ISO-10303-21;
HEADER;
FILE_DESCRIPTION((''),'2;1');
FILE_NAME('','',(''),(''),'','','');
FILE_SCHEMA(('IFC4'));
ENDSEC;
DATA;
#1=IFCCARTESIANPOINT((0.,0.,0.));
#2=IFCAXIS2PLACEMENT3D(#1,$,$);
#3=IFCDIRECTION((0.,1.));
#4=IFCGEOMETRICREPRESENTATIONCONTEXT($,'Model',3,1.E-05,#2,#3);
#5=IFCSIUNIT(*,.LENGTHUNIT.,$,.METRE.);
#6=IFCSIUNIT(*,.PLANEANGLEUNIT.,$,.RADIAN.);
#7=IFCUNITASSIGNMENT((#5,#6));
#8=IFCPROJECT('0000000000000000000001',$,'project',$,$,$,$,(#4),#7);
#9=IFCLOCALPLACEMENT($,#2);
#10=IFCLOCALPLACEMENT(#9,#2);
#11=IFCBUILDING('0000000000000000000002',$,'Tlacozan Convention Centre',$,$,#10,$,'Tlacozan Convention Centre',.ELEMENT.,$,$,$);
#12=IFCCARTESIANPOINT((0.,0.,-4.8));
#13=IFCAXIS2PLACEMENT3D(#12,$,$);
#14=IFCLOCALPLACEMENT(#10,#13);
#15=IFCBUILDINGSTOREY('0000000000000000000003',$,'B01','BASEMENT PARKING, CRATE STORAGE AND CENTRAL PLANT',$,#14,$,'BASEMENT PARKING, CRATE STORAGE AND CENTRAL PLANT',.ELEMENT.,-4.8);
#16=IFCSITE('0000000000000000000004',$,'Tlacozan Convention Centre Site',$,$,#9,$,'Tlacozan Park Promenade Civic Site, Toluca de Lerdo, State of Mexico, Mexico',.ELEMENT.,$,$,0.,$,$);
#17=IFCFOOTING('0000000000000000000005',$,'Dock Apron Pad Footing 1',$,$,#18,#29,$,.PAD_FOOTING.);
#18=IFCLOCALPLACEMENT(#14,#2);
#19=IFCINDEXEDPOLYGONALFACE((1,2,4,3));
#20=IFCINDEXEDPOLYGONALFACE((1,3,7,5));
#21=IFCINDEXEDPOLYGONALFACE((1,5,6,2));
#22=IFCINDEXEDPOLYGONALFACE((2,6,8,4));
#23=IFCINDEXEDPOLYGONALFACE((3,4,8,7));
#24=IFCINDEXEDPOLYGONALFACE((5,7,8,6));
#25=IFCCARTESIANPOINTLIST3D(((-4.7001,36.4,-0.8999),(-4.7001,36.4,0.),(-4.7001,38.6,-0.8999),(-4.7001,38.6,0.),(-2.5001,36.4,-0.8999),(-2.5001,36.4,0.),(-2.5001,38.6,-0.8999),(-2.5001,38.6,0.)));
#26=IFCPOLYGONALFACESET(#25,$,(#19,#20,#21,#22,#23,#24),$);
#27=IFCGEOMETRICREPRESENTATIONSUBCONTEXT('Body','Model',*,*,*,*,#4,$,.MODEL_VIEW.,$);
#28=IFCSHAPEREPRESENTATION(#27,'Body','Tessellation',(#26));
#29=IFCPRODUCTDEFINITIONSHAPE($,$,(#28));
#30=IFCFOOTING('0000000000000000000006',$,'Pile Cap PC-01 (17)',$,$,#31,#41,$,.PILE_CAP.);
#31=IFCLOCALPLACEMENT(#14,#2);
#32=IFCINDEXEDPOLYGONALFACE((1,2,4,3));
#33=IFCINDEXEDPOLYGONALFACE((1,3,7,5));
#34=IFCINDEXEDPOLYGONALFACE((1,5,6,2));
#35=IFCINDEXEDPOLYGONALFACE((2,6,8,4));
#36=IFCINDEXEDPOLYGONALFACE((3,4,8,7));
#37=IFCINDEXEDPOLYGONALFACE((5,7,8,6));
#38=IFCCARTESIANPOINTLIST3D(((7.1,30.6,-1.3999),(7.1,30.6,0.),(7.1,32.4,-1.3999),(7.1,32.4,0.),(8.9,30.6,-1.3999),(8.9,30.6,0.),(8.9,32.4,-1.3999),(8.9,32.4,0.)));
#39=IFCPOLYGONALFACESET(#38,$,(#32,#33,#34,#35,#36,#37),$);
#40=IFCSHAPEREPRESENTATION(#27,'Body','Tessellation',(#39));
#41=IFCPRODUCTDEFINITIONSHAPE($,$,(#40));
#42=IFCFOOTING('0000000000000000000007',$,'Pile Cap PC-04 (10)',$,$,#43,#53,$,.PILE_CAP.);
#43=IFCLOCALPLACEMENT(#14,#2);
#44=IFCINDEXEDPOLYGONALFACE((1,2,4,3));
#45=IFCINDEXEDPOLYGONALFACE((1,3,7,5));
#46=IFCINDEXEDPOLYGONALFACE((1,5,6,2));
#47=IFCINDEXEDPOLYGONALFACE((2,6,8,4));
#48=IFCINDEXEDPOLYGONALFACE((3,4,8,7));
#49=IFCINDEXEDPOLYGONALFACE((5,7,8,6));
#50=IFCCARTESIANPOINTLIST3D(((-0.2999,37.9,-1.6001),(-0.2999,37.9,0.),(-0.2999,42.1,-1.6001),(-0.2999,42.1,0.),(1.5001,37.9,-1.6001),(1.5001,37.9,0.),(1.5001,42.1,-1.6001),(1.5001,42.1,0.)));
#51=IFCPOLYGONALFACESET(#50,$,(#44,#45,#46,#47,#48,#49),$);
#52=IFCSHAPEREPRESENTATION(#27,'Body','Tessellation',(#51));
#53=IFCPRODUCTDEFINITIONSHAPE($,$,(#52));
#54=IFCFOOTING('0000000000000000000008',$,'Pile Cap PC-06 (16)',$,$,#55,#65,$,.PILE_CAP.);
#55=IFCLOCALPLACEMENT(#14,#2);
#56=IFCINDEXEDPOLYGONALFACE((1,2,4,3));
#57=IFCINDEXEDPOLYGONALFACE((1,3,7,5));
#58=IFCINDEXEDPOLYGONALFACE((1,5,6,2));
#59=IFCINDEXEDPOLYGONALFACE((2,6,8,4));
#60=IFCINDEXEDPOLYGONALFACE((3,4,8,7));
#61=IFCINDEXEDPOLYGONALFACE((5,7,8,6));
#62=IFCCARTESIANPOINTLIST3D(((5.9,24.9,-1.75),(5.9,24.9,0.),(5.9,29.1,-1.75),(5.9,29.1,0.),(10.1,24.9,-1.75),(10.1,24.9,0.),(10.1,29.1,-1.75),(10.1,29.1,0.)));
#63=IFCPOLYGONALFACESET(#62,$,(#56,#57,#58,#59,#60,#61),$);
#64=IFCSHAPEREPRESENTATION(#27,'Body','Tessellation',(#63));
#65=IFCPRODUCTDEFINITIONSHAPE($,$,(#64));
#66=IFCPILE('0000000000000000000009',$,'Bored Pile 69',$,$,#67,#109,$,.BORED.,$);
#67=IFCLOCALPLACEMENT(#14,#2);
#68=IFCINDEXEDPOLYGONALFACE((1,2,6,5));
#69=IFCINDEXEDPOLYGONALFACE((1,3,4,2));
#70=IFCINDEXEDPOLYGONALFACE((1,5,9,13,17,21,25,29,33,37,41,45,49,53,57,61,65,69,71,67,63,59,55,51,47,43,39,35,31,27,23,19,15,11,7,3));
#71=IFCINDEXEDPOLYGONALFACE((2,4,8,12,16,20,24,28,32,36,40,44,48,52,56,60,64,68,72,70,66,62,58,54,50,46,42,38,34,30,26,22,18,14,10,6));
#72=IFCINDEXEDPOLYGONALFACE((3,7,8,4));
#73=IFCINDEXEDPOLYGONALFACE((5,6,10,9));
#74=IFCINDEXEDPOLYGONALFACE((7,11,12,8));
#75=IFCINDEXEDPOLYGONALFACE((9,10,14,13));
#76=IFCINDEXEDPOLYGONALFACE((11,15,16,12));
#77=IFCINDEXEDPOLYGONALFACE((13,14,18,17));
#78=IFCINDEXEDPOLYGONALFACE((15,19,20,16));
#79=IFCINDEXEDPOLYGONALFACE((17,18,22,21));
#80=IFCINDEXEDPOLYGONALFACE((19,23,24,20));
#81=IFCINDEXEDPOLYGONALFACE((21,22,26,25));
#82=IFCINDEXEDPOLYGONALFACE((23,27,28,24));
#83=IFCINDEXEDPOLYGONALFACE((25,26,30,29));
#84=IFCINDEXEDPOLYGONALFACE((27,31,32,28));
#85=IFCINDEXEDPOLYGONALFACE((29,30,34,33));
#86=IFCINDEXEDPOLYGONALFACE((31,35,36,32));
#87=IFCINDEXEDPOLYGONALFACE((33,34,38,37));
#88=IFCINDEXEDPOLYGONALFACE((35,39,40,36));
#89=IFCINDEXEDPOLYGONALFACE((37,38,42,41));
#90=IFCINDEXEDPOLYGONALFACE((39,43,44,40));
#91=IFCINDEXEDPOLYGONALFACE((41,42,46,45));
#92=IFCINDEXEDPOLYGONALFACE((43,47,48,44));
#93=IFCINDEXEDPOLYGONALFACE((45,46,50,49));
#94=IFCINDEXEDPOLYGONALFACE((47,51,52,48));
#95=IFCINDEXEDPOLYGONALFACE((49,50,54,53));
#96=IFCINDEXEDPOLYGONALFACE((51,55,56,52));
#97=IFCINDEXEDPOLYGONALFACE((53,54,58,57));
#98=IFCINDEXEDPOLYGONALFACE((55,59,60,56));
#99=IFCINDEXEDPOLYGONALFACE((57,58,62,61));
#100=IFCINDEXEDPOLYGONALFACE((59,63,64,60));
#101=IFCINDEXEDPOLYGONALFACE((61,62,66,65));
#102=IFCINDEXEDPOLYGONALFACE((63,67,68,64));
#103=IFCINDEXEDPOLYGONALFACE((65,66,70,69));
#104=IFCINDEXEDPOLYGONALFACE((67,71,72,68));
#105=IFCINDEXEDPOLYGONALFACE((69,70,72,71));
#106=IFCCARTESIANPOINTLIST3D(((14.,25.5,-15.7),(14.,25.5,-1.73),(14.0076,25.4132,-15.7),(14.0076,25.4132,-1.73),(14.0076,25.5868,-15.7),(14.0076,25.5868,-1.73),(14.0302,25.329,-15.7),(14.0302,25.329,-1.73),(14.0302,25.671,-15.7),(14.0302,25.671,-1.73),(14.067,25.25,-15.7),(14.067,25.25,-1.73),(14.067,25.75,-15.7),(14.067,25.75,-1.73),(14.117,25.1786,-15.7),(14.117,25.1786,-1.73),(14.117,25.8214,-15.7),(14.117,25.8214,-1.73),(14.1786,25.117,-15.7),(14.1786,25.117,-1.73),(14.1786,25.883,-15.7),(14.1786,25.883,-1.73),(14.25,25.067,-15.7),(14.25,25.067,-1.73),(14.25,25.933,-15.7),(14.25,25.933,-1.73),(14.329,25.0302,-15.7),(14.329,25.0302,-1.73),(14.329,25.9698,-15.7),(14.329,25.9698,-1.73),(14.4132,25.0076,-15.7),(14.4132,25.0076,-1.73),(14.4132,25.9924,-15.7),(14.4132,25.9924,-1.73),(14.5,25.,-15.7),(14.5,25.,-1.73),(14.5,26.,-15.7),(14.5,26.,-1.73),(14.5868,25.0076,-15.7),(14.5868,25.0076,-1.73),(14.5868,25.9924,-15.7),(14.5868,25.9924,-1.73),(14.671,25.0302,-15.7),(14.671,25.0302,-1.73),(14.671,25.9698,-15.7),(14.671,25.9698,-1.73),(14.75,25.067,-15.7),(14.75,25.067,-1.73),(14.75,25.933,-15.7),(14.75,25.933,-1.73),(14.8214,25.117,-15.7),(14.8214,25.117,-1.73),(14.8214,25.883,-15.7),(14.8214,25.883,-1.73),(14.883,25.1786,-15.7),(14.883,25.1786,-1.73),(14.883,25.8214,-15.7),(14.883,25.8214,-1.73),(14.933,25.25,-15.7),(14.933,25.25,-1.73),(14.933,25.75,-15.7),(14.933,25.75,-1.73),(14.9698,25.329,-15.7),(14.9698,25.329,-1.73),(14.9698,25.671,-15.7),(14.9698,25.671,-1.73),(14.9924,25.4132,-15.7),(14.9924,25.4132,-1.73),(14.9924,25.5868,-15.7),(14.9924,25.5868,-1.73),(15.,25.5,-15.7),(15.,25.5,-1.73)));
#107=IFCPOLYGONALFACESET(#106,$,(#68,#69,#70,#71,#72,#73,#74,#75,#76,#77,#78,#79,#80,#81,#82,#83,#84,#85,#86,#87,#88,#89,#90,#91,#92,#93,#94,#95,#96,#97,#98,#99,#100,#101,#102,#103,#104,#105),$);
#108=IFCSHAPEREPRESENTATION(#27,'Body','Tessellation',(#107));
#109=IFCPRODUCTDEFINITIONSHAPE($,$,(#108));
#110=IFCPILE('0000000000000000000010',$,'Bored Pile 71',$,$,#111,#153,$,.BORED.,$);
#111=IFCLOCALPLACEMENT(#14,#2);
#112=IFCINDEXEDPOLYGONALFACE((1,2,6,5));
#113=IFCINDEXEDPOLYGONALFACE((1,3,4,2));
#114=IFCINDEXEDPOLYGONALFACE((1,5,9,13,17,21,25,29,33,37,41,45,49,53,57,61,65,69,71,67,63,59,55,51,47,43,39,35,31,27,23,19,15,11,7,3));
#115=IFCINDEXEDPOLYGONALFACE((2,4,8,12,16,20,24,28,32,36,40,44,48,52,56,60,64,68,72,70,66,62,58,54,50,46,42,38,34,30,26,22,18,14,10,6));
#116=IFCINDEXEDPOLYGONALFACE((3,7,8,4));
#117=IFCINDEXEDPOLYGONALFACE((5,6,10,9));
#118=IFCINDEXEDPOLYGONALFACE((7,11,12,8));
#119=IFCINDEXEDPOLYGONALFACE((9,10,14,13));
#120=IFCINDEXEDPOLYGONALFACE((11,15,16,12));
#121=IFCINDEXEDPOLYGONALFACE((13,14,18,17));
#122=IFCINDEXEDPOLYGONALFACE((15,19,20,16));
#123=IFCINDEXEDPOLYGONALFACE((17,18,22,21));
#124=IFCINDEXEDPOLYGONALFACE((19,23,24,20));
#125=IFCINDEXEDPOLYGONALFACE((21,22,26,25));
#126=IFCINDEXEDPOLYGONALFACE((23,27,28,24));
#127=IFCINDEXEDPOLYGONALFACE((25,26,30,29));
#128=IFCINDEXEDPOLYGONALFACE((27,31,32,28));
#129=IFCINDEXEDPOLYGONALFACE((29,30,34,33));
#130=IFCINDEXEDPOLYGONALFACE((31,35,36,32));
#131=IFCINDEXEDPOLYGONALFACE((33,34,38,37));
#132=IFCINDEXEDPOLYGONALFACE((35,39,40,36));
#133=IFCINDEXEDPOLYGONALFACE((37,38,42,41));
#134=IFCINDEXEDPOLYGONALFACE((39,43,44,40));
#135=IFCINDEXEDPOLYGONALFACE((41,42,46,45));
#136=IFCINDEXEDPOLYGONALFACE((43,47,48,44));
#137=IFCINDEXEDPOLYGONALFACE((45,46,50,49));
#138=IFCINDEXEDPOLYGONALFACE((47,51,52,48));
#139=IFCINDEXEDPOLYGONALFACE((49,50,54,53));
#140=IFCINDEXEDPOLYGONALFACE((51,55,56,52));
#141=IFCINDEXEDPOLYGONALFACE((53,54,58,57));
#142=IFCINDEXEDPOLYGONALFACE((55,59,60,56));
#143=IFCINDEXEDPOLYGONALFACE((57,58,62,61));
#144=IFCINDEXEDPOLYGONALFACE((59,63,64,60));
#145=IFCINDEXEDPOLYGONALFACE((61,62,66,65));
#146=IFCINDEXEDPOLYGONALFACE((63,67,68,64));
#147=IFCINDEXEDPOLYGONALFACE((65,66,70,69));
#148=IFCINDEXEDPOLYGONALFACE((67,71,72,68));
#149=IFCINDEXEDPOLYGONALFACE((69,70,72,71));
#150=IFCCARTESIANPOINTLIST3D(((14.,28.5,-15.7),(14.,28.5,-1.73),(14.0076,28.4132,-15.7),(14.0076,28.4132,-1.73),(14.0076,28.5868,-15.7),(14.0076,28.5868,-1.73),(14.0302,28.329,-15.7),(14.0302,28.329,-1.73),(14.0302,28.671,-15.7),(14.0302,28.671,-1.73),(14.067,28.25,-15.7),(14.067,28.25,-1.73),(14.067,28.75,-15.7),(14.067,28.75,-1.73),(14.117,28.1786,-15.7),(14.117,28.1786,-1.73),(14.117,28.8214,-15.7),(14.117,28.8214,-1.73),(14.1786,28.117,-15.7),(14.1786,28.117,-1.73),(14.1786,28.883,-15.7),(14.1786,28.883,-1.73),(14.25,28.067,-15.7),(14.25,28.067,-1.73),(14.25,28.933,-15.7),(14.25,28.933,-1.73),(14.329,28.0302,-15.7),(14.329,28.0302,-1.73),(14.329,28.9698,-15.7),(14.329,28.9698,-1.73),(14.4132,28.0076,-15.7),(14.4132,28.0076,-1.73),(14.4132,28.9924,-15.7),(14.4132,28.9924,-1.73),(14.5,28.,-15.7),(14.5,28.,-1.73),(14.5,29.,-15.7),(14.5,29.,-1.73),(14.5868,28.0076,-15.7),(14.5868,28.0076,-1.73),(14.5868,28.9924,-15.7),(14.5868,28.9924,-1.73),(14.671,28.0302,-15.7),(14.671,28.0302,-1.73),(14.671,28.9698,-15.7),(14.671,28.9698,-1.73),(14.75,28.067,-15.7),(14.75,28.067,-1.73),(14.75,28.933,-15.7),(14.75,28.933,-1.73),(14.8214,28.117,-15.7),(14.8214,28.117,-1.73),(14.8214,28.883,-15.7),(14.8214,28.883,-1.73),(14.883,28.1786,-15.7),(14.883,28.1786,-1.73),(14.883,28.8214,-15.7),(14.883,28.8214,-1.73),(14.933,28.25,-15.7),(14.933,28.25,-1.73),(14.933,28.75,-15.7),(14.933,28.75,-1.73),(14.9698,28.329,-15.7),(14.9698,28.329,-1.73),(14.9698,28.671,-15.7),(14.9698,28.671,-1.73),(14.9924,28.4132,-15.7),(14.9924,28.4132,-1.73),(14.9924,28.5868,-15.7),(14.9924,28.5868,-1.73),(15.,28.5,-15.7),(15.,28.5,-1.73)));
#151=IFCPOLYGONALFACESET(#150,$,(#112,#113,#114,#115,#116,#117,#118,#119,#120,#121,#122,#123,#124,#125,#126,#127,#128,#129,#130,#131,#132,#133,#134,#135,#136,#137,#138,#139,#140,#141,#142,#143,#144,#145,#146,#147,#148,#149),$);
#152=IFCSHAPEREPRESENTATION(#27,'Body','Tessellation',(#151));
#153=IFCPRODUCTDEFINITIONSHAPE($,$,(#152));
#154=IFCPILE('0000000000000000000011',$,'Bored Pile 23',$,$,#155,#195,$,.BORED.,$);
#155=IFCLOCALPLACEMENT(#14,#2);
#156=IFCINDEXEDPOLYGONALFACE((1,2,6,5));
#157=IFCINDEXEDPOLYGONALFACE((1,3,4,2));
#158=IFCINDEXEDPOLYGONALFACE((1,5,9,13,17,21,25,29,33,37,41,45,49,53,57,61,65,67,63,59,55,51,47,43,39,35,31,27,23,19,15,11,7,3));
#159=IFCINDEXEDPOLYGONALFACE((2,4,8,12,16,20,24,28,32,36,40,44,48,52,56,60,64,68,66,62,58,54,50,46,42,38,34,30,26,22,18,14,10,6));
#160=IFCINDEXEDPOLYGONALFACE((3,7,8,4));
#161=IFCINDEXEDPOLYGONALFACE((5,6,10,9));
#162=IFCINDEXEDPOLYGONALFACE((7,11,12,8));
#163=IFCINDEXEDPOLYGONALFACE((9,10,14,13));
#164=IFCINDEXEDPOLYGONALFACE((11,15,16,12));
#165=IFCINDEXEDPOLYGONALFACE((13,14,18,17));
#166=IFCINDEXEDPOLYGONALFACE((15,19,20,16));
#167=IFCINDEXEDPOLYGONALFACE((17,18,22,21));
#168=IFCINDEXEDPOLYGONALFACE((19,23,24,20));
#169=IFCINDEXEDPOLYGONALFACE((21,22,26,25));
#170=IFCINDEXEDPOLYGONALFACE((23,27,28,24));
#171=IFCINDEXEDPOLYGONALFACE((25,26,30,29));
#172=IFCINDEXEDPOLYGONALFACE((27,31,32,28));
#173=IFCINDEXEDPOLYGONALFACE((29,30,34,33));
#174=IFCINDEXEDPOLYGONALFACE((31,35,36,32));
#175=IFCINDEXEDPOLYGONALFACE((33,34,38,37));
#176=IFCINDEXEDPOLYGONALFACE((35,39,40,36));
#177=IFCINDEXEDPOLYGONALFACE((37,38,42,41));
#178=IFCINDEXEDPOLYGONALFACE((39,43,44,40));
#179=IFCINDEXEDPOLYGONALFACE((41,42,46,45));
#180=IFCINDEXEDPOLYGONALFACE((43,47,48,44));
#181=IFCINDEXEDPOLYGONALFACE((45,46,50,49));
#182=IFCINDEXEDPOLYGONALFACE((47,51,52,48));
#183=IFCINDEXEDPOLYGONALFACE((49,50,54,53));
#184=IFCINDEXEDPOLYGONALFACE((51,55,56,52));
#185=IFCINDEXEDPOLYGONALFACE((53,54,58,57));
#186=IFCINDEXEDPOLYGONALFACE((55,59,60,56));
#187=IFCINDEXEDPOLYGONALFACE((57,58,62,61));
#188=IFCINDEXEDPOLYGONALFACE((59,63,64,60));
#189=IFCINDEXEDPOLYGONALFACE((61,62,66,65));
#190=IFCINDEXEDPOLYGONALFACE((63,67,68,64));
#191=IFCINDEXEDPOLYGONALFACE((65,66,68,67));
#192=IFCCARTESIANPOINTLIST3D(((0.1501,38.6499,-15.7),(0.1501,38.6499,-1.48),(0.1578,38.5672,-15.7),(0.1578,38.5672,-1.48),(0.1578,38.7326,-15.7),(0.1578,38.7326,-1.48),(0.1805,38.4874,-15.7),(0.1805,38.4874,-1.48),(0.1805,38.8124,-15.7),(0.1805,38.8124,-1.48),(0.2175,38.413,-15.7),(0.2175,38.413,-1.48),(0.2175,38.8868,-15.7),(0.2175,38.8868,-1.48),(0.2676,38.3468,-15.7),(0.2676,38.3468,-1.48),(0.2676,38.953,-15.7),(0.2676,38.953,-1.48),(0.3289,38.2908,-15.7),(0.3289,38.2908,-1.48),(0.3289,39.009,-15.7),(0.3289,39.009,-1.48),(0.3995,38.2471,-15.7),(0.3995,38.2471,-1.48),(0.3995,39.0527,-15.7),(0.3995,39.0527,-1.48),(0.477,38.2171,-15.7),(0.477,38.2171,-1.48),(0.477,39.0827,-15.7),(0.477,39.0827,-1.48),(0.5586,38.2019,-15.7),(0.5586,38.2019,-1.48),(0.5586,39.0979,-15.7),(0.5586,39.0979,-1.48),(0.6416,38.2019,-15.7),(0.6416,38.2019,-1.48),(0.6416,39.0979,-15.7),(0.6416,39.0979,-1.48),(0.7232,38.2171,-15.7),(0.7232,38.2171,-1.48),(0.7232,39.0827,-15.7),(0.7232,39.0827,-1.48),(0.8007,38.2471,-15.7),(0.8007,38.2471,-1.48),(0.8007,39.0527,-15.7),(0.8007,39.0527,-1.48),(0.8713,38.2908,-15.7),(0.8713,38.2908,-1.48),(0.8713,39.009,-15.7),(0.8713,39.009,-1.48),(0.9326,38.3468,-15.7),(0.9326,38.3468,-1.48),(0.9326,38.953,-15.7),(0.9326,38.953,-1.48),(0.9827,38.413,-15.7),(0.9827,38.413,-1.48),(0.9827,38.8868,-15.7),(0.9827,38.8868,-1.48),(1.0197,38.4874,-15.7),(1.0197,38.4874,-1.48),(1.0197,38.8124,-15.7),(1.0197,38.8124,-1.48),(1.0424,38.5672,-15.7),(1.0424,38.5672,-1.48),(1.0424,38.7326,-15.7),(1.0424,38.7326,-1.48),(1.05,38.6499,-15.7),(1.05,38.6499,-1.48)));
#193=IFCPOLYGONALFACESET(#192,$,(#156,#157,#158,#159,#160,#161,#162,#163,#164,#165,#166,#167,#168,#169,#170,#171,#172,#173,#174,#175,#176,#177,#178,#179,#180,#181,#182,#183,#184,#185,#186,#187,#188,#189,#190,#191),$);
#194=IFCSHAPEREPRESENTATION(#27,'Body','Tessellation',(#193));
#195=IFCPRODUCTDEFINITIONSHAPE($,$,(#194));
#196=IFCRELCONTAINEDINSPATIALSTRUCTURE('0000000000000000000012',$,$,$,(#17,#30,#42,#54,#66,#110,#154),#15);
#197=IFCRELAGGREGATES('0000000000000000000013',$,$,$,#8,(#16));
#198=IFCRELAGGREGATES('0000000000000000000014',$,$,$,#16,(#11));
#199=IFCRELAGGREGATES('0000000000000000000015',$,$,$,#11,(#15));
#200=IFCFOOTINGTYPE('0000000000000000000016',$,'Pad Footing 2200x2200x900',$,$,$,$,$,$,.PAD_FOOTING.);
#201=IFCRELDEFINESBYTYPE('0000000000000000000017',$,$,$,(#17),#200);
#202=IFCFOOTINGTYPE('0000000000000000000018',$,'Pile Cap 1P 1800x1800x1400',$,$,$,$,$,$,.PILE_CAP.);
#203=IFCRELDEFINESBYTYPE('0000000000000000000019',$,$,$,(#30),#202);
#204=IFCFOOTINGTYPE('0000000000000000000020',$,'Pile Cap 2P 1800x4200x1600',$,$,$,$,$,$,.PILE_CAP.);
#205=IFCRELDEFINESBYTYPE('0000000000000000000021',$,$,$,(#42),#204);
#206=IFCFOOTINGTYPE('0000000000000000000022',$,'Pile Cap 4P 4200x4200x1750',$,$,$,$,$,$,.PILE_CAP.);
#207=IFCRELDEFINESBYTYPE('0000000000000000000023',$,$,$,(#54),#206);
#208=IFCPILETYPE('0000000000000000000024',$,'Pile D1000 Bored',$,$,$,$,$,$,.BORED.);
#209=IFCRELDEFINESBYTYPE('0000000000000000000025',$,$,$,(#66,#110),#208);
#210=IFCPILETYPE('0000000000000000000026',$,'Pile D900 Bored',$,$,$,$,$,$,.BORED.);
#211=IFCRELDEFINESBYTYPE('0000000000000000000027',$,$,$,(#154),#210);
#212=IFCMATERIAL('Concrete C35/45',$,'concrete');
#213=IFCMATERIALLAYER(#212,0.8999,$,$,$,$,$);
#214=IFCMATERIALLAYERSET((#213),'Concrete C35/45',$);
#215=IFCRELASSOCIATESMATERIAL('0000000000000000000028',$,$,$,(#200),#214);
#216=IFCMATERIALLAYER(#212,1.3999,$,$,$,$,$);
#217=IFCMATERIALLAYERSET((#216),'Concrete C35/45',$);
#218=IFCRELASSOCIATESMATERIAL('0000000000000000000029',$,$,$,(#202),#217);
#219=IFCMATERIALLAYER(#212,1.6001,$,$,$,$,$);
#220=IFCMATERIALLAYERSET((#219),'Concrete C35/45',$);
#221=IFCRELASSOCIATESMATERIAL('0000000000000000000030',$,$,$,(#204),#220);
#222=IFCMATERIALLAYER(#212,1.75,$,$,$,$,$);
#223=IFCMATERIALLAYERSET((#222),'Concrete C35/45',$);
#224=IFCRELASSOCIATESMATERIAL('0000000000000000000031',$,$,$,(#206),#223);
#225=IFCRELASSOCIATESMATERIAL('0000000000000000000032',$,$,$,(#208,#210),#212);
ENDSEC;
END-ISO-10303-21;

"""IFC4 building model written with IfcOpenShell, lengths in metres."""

from ifc_helpers import new_model, si_unit, direction, frame, origin, origin_2d, place, context, subcontext, project, spatial, rectangle, circle, extrude, material, layer, layer_set, material_profile, profile_set, type_object, element, save


model = new_model("IFC4")

# Units and contexts
model_context = context("Model", 3, precision=1e-05, world=origin(), true_north=direction((0.0, 1.0)))
body_context = subcontext(model_context, "Body", "Model", "MODEL_VIEW")
ifc_project = project(units=[si_unit("LENGTHUNIT", "METRE"), si_unit("PLANEANGLEUNIT", "RADIAN")], contexts=[model_context])

# Site, building, storey
site_placement = place(None, origin())
site = spatial("IfcSite", under=ifc_project, at=site_placement, Name="Tlacozan Convention Centre Site", LongName="Tlacozan Park Promenade Civic Site, Toluca de Lerdo, State of Mexico, Mexico", CompositionType="ELEMENT", RefElevation=0.0)
building_placement = place(site_placement, origin())
building = spatial("IfcBuilding", under=site, at=building_placement, Name="Tlacozan Convention Centre", LongName="Tlacozan Convention Centre", CompositionType="ELEMENT")
storey_placement = place(building_placement, frame((0.0, 0.0, -4.8)))
storey = spatial("IfcBuildingStorey", under=building, at=storey_placement, Name="B01", Description="BASEMENT PARKING, CRATE STORAGE AND CENTRAL PLANT", LongName="BASEMENT PARKING, CRATE STORAGE AND CENTRAL PLANT", CompositionType="ELEMENT", Elevation=-4.8)

# Footings
ifc_material_1 = material(Name="Concrete C35/45", Category="concrete")
ifc_layer_1 = layer(ifc_material_1, 0.8999)
ifc_layer_set_1 = layer_set([ifc_layer_1], Name="Concrete C35/45")
footing_type_1 = type_object("IfcFootingType", Name="Pad Footing 2200x2200x900", PredefinedType="PAD_FOOTING", material=ifc_layer_set_1)
footing_1_placement = place(storey_placement, frame((-3.6001, 37.5, -0.8999), z_axis=(0.0, 0.0, 1.0), x_axis=(1.0, 0.0, 0.0)))
element("IfcFooting", 1, at=footing_1_placement, inside=storey, type_object=footing_type_1, Name="Dock Apron Pad Footing 1", PredefinedType="PAD_FOOTING", context=body_context, shape_type="SweptSolid", body=[
    extrude(rectangle(XDim=2.2, YDim=2.2, at=origin_2d()), origin(), (0.0, 0.0, 1.0), 0.8999),
])
ifc_layer_2 = layer(ifc_material_1, 1.3999)
ifc_layer_set_2 = layer_set([ifc_layer_2], Name="Concrete C35/45")
footing_type_2 = type_object("IfcFootingType", Name="Pile Cap 1P 1800x1800x1400", PredefinedType="PILE_CAP", material=ifc_layer_set_2)
footing_2_placement = place(storey_placement, frame((8.0, 31.5, -1.3999), z_axis=(0.0, 0.0, 1.0), x_axis=(1.0, 0.0, 0.0)))
element("IfcFooting", 2, at=footing_2_placement, inside=storey, type_object=footing_type_2, Name="Pile Cap PC-01 (17)", PredefinedType="PILE_CAP", context=body_context, shape_type="SweptSolid", body=[
    extrude(rectangle(XDim=1.8, YDim=1.8, at=origin_2d()), origin(), (0.0, 0.0, 1.0), 1.3999),
])
ifc_layer_3 = layer(ifc_material_1, 1.6001)
ifc_layer_set_3 = layer_set([ifc_layer_3], Name="Concrete C35/45")
footing_type_3 = type_object("IfcFootingType", Name="Pile Cap 2P 1800x4200x1600", PredefinedType="PILE_CAP", material=ifc_layer_set_3)
footing_3_placement = place(storey_placement, frame((0.6001, 40.0, -1.6001), z_axis=(0.0, 0.0, 1.0), x_axis=(1.0, 0.0, 0.0)))
element("IfcFooting", 3, at=footing_3_placement, inside=storey, type_object=footing_type_3, Name="Pile Cap PC-04 (10)", PredefinedType="PILE_CAP", context=body_context, shape_type="SweptSolid", body=[
    extrude(rectangle(XDim=1.8, YDim=4.2, at=origin_2d()), origin(), (0.0, 0.0, 1.0), 1.6001),
])
ifc_layer_4 = layer(ifc_material_1, 1.75)
ifc_layer_set_4 = layer_set([ifc_layer_4], Name="Concrete C35/45")
footing_type_4 = type_object("IfcFootingType", Name="Pile Cap 4P 4200x4200x1750", PredefinedType="PILE_CAP", material=ifc_layer_set_4)
footing_4_placement = place(storey_placement, frame((8.0, 27.0, -1.75), z_axis=(0.0, 0.0, 1.0), x_axis=(1.0, 0.0, 0.0)))
element("IfcFooting", 4, at=footing_4_placement, inside=storey, type_object=footing_type_4, Name="Pile Cap PC-06 (16)", PredefinedType="PILE_CAP", context=body_context, shape_type="SweptSolid", body=[
    extrude(rectangle(XDim=4.2, YDim=4.2, at=origin_2d()), origin(), (0.0, 0.0, 1.0), 1.75),
])

# Piles
ifc_material_profile_1 = material_profile(ifc_material_1, circle(Radius=0.5, at=origin_2d()), Name="PILE D1000")
ifc_profile_set_1 = profile_set([ifc_material_profile_1], Name="Concrete C35/45")
pile_type_1 = type_object("IfcPileType", Name="Pile D1000 Bored", PredefinedType="BORED", material=ifc_profile_set_1)
for number, where, z_axis, x_axis, name in (
    (5, (14.5, 25.5, -1.73), (0.0, 0.0, -1.0), (1.0, 0.0, 0.0), "Bored Pile 69"),
    (6, (14.5, 28.5, -1.73), (0.0, 0.0, -1.0), (1.0, 0.0, 0.0), "Bored Pile 71"),
):
    element("IfcPile", number, at=place(storey_placement, frame(where, z_axis=z_axis, x_axis=x_axis)), inside=storey, type_object=pile_type_1, Name=name, PredefinedType="BORED", context=body_context, shape_type="SweptSolid", body=[
        extrude(circle(Radius=0.5, at=origin_2d()), origin(), (0.0, 0.0, 1.0), 13.97),
    ])
ifc_material_profile_2 = material_profile(ifc_material_1, circle(Radius=0.45, at=origin_2d()), Name="PILE D900")
ifc_profile_set_2 = profile_set([ifc_material_profile_2], Name="Concrete C35/45")
pile_type_2 = type_object("IfcPileType", Name="Pile D900 Bored", PredefinedType="BORED", material=ifc_profile_set_2)
pile_1_placement = place(storey_placement, frame((0.6001, 38.6499, -1.48), z_axis=(0.0, 0.0, -1.0), x_axis=(1.0, 0.0, 0.0)))
element("IfcPile", 7, at=pile_1_placement, inside=storey, type_object=pile_type_2, Name="Bored Pile 23", PredefinedType="BORED", context=body_context, shape_type="SweptSolid", body=[
    extrude(circle(Radius=0.45, at=origin_2d()), origin(), (0.0, 0.0, 1.0), 14.22),
])

save(model, "model.ifc")
